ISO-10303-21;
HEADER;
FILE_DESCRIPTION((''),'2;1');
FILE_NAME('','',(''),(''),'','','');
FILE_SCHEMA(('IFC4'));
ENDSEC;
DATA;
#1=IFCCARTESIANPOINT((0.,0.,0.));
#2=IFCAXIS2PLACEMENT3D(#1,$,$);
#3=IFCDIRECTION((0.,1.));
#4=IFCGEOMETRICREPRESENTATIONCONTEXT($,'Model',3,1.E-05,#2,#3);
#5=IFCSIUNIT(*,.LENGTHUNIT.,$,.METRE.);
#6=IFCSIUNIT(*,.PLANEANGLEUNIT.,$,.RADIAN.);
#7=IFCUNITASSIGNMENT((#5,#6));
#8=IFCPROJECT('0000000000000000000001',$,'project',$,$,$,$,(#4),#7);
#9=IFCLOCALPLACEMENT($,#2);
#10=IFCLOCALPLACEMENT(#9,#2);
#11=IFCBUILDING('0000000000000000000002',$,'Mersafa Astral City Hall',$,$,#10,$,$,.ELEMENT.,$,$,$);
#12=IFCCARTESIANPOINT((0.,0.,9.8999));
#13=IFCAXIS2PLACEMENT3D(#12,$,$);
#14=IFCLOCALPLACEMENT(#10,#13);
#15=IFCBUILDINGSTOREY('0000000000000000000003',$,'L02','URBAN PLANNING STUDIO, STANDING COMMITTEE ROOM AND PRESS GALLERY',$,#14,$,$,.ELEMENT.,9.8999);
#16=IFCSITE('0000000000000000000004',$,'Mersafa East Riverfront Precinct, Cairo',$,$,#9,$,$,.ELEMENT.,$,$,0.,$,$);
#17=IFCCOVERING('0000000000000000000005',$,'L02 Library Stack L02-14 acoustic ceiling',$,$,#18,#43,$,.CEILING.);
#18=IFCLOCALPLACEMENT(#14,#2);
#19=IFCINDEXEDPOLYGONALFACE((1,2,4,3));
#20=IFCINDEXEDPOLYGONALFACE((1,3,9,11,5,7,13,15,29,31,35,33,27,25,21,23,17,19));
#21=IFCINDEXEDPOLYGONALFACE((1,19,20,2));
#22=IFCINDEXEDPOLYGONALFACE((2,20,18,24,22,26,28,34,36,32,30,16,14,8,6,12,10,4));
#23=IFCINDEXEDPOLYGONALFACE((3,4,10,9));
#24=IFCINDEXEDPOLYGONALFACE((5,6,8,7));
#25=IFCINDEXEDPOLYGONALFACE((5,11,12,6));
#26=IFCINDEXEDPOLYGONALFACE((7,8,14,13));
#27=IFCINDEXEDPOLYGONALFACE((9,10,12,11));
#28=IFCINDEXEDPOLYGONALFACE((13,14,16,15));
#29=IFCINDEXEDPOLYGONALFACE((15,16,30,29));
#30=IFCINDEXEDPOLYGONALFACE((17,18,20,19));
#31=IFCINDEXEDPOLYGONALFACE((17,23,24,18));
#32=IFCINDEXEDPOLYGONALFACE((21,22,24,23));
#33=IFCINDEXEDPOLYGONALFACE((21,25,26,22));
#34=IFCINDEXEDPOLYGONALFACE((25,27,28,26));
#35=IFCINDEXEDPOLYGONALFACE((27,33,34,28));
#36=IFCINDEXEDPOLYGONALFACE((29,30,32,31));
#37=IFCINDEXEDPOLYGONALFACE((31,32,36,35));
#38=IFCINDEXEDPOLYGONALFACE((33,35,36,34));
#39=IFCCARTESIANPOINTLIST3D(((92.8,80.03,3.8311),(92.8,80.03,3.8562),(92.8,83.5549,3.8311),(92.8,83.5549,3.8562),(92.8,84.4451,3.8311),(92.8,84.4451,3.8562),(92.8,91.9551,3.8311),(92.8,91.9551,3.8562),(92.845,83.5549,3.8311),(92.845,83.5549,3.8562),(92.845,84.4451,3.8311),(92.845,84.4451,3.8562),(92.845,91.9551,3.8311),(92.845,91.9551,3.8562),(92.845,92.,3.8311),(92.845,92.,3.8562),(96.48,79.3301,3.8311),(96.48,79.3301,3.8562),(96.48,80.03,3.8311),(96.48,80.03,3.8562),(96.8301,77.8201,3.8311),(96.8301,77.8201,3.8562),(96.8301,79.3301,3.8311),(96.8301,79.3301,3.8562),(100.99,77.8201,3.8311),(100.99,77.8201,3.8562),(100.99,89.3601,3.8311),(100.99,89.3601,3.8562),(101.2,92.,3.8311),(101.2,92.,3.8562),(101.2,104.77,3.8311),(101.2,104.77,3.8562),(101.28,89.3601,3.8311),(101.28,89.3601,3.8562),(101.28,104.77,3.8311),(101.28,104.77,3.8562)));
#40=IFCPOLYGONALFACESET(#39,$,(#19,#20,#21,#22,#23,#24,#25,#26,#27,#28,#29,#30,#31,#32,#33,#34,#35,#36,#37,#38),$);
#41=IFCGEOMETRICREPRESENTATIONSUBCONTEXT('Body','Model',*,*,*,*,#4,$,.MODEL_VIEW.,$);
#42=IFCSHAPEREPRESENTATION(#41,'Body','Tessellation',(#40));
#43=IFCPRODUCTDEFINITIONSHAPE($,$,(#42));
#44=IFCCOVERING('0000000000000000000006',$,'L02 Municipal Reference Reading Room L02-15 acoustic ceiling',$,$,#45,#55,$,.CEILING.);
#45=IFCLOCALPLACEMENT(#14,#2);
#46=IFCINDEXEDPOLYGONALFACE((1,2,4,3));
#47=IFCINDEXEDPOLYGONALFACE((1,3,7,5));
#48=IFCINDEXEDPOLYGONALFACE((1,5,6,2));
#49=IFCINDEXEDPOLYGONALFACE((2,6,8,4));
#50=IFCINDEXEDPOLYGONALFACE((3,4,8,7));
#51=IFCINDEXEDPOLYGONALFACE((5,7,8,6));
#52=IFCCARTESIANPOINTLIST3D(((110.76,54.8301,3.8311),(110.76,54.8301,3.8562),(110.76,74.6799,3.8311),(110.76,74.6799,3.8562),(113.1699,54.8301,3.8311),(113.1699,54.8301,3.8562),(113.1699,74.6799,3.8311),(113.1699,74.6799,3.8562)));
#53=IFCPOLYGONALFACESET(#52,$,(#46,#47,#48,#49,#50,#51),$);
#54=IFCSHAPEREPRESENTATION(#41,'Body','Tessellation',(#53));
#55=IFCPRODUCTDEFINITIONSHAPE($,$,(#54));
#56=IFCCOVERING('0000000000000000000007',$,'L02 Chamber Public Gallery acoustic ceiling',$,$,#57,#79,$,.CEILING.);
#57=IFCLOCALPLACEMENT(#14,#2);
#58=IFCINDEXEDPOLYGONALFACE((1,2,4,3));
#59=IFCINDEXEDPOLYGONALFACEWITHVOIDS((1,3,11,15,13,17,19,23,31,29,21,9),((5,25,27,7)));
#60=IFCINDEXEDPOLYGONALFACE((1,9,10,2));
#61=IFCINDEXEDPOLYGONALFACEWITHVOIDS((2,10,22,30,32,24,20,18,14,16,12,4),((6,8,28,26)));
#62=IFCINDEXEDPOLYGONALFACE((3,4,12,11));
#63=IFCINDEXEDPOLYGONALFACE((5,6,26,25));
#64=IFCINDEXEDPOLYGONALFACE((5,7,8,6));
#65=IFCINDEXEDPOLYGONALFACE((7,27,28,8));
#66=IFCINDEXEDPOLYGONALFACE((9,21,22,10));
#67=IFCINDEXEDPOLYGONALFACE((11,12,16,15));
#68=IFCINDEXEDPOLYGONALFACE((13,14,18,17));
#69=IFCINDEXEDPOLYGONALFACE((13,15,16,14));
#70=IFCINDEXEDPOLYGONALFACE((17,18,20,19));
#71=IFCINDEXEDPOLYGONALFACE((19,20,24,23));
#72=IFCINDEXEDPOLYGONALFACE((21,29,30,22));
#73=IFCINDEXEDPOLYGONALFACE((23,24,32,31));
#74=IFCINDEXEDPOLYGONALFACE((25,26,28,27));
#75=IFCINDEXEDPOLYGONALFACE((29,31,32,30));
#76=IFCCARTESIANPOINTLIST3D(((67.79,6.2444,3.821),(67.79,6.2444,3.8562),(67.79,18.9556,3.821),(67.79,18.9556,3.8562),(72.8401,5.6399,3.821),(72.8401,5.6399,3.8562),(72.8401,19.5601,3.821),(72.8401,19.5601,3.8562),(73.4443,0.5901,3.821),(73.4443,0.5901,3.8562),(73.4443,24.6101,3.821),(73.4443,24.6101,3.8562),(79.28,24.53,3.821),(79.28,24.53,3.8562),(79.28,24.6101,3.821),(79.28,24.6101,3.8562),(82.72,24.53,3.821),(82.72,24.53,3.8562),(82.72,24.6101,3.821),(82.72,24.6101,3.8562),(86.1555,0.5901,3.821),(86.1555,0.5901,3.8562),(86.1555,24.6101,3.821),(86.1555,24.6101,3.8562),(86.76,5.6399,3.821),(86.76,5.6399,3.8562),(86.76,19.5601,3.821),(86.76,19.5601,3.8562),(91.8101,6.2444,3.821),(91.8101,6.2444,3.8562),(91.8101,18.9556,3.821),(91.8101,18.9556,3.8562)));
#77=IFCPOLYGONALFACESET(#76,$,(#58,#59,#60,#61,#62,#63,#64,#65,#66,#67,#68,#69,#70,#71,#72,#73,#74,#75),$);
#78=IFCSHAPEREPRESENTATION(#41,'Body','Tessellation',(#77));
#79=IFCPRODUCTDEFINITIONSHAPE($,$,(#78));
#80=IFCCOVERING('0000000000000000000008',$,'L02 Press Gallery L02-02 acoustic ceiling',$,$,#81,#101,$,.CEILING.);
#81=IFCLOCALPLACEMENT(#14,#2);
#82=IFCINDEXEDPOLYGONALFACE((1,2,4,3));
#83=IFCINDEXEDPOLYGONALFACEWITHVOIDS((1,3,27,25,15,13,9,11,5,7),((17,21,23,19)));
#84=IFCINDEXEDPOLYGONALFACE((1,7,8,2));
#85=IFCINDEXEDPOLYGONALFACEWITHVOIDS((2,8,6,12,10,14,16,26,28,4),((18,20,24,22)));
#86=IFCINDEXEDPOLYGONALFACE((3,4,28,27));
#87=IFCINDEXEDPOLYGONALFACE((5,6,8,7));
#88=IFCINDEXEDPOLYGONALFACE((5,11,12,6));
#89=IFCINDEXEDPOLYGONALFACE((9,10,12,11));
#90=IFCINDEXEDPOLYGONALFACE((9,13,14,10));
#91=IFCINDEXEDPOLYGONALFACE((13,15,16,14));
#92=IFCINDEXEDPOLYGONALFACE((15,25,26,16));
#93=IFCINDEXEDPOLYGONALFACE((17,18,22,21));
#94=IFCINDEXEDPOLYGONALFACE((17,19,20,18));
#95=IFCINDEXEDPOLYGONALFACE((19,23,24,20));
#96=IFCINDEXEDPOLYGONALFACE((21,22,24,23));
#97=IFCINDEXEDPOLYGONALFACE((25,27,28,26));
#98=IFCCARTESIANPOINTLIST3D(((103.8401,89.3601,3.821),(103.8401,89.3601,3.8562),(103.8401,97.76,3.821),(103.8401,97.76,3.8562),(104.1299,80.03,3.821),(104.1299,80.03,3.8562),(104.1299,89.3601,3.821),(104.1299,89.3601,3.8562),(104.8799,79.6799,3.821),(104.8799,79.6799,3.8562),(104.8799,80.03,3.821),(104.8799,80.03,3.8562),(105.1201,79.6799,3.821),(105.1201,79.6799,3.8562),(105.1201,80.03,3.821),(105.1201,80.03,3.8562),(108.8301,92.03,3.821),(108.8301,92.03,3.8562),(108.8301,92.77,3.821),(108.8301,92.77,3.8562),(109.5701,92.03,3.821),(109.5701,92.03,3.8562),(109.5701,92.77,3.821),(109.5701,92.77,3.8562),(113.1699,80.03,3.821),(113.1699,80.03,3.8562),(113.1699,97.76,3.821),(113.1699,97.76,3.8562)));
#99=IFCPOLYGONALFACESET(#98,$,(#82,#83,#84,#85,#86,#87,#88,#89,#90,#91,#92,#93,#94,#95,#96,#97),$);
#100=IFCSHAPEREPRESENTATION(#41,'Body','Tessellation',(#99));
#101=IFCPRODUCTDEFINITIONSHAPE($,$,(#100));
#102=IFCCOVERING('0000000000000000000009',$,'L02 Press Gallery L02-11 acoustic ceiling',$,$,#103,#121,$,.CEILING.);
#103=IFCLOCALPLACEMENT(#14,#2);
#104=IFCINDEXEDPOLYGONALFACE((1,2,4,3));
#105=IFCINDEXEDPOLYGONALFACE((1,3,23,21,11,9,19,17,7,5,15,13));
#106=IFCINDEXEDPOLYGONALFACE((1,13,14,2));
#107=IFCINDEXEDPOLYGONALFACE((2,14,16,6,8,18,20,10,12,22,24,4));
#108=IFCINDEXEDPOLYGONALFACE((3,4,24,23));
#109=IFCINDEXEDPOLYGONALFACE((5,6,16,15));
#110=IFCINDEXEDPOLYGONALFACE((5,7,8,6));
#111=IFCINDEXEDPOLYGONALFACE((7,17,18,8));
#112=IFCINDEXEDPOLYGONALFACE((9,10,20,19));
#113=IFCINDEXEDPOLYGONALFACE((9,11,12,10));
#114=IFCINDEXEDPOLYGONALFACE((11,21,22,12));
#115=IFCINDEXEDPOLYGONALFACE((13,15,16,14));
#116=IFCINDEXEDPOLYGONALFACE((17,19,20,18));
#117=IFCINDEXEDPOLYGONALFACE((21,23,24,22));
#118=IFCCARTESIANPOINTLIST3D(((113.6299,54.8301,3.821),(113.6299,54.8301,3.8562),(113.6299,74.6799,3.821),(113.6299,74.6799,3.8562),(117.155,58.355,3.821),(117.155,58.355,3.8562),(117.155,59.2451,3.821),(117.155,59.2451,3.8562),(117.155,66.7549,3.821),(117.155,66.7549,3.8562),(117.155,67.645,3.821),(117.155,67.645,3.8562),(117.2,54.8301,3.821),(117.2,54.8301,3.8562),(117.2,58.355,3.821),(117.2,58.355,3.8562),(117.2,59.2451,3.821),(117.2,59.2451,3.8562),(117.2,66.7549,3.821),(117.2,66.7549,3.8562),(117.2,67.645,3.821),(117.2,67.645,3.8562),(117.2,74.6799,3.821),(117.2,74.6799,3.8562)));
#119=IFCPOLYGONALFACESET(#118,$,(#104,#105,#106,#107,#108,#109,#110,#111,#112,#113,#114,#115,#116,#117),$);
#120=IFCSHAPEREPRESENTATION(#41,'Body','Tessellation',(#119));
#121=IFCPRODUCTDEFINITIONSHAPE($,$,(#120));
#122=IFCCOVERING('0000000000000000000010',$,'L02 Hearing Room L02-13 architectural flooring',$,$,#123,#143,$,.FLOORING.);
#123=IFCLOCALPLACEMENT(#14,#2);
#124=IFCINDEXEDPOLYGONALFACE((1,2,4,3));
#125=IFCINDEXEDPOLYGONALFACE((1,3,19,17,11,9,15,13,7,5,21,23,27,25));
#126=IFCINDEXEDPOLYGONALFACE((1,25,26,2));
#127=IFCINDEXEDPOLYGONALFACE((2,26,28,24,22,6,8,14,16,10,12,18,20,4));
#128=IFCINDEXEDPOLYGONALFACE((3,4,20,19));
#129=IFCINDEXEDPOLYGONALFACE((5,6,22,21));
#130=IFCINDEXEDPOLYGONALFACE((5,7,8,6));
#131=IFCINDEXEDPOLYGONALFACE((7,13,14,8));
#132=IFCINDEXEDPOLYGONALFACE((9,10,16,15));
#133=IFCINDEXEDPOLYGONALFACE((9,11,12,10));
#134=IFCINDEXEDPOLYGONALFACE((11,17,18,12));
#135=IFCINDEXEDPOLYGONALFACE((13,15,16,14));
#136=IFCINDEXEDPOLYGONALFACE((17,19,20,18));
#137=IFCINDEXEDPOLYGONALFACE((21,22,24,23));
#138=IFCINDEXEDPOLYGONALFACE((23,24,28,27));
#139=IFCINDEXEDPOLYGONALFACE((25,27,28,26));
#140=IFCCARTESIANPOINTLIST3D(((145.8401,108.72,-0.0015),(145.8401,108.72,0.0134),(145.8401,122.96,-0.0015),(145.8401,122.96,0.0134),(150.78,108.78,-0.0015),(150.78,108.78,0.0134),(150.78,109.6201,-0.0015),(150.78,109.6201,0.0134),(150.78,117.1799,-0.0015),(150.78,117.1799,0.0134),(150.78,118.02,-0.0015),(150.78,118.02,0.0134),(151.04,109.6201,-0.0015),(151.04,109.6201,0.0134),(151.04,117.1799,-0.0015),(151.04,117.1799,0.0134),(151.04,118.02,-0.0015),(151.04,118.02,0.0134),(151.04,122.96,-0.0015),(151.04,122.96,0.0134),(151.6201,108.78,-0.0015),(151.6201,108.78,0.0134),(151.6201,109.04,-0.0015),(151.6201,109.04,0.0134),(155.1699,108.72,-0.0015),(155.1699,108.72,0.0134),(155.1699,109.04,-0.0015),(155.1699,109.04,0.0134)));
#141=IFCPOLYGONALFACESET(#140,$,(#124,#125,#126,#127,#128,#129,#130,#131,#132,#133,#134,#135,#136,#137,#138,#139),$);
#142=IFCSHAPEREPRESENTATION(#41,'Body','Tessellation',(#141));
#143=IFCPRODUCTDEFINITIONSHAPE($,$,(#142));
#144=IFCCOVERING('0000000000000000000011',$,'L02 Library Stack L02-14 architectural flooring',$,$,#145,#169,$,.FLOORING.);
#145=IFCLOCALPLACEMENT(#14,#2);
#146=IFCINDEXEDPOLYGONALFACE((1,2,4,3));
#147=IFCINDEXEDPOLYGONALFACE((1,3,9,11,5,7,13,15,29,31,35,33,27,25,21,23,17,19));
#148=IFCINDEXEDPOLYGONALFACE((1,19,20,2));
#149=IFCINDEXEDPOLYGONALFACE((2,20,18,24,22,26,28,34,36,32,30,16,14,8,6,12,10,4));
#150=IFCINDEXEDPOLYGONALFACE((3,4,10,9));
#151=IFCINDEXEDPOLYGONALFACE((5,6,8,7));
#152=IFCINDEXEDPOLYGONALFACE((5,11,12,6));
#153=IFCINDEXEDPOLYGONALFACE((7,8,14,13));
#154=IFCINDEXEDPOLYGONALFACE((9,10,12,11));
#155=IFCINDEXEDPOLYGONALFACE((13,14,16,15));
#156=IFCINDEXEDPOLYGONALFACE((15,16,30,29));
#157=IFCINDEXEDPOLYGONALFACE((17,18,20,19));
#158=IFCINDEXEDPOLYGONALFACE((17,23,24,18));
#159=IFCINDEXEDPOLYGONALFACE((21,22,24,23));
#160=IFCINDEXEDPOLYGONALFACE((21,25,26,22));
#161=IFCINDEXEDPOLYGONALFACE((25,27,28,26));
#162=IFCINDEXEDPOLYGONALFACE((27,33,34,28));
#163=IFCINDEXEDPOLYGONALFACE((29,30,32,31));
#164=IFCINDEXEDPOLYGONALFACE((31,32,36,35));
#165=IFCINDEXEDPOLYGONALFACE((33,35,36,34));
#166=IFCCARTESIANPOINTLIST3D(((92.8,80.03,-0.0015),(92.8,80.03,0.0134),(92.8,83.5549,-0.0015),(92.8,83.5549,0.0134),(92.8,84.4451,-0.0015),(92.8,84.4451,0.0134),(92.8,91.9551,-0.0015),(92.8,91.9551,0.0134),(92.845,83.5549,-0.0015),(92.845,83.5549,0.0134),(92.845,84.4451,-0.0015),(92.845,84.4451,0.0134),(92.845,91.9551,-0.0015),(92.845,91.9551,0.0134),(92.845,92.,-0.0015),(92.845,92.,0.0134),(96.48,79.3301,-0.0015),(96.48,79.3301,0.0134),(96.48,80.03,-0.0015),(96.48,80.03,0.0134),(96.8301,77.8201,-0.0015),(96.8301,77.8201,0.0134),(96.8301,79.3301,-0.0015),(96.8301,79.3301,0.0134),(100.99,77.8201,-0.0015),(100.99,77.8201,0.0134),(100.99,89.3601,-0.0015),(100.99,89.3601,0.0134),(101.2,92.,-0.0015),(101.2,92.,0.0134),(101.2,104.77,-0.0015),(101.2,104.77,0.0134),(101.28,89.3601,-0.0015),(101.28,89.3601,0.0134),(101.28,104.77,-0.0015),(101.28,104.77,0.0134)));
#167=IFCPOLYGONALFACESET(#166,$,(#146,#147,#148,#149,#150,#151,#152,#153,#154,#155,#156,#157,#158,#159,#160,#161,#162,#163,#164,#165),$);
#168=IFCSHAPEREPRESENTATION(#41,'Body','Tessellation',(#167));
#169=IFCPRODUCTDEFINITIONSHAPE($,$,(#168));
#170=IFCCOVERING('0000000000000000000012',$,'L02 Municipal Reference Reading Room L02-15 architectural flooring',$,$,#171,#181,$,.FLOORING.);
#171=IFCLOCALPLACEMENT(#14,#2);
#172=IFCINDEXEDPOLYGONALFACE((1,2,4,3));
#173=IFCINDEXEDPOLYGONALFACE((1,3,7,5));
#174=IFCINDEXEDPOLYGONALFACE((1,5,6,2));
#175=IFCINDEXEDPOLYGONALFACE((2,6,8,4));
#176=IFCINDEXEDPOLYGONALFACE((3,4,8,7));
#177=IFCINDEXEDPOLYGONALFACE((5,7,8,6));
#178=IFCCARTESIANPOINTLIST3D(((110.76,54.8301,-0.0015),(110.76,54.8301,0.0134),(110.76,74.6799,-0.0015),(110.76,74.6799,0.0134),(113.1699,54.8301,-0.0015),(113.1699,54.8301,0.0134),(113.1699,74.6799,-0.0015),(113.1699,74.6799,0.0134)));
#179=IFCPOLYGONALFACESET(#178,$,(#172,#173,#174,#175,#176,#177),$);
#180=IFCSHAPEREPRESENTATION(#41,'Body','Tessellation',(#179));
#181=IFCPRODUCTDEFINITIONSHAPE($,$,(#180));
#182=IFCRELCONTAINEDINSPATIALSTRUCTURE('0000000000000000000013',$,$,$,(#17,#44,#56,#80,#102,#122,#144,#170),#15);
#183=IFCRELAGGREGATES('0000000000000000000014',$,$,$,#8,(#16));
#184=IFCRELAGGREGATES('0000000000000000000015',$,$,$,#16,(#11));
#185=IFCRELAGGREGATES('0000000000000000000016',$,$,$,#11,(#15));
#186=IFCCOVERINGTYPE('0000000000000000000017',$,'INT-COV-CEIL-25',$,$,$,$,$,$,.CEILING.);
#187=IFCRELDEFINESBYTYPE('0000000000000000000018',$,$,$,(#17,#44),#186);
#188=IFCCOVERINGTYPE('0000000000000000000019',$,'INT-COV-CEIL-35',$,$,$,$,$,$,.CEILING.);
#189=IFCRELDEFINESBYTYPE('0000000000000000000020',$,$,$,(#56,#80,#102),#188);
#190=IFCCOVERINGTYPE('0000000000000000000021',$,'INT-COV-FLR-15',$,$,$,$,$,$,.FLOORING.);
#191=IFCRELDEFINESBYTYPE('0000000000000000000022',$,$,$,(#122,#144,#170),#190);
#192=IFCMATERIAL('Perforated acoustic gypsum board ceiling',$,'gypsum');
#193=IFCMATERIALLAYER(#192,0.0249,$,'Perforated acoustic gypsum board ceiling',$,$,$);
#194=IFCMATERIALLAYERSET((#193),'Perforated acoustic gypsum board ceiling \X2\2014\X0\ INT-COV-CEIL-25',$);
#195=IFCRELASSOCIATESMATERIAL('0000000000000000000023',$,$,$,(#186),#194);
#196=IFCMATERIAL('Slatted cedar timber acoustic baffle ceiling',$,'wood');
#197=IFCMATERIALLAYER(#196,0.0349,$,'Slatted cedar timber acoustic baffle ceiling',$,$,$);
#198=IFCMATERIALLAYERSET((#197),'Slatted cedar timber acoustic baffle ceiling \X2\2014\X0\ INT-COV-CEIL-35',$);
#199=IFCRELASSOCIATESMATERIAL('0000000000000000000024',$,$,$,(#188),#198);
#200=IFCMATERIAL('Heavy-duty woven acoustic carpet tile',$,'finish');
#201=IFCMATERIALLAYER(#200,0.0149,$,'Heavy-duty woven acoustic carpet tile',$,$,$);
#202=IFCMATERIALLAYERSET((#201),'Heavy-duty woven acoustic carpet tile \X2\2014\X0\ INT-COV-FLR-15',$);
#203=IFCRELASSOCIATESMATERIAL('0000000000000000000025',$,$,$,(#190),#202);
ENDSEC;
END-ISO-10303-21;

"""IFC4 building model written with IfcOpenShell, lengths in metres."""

from ifc_helpers import new_model, si_unit, direction, frame, origin, place, context, subcontext, project, spatial, polyline, outline, extrude, material, layer, layer_set, type_object, element, save


model = new_model("IFC4")

# Units and contexts
model_context = context("Model", 3, precision=1e-05, world=origin(), true_north=direction((0.0, 1.0)))
body_context = subcontext(model_context, "Body", "Model", "MODEL_VIEW")
ifc_project = project(units=[si_unit("LENGTHUNIT", "METRE"), si_unit("PLANEANGLEUNIT", "RADIAN")], contexts=[model_context])

# Site, building, storey
site_placement = place(None, origin())
site = spatial("IfcSite", under=ifc_project, at=site_placement, Name="Mersafa East Riverfront Precinct, Cairo", CompositionType="ELEMENT", RefElevation=0.0)
building_placement = place(site_placement, origin())
building = spatial("IfcBuilding", under=site, at=building_placement, Name="Mersafa Astral City Hall", CompositionType="ELEMENT")
storey_placement = place(building_placement, frame((0.0, 0.0, 9.8999)))
storey = spatial("IfcBuildingStorey", under=building, at=storey_placement, Name="L02", Description="URBAN PLANNING STUDIO, STANDING COMMITTEE ROOM AND PRESS GALLERY", CompositionType="ELEMENT", Elevation=9.8999)

# Coverings
ifc_material_1 = material(Name="Perforated acoustic gypsum board ceiling", Category="gypsum")
ifc_layer_1 = layer(ifc_material_1, 0.0249, Name="Perforated acoustic gypsum board ceiling")
ifc_layer_set_1 = layer_set([ifc_layer_1], Name="Perforated acoustic gypsum board ceiling — INT-COV-CEIL-25")
covering_type_1 = type_object("IfcCoveringType", Name="INT-COV-CEIL-25", PredefinedType="CEILING", material=ifc_layer_set_1)
covering_1_placement = place(storey_placement, frame((0.0, 0.0, 3.8311)))
element("IfcCovering", 1, at=covering_1_placement, inside=storey, type_object=covering_type_1, Name="L02 Library Stack L02-14 acoustic ceiling", PredefinedType="CEILING", context=body_context, shape_type="SweptSolid", body=[
    extrude(outline(polyline([(92.845, 91.9551), (92.845, 92.0), (101.2, 92.0), (101.2, 104.77), (101.28, 104.77), (101.28, 89.3601), (100.99, 89.3601), (100.99, 77.8201), (96.8301, 77.8201), (96.8301, 79.3301), (96.48, 79.3301), (96.48, 80.03), (92.8, 80.03), (92.8, 83.5549), (92.845, 83.5549), (92.845, 84.4451), (92.8, 84.4451), (92.8, 91.9551), (92.845, 91.9551)])), origin(), (0.0, 0.0, 1.0), 0.0251),
])
covering_2_placement = place(storey_placement, frame((0.0, 0.0, 3.8311)))
element("IfcCovering", 2, at=covering_2_placement, inside=storey, type_object=covering_type_1, Name="L02 Municipal Reference Reading Room L02-15 acoustic ceiling", PredefinedType="CEILING", context=body_context, shape_type="SweptSolid", body=[
    extrude(outline(polyline([(113.1699, 74.6799), (113.1699, 54.8301), (110.76, 54.8301), (110.76, 74.6799), (113.1699, 74.6799)])), origin(), (0.0, 0.0, 1.0), 0.0251),
])
ifc_material_2 = material(Name="Slatted cedar timber acoustic baffle ceiling", Category="wood")
ifc_layer_2 = layer(ifc_material_2, 0.0349, Name="Slatted cedar timber acoustic baffle ceiling")
ifc_layer_set_2 = layer_set([ifc_layer_2], Name="Slatted cedar timber acoustic baffle ceiling — INT-COV-CEIL-35")
covering_type_2 = type_object("IfcCoveringType", Name="INT-COV-CEIL-35", PredefinedType="CEILING", material=ifc_layer_set_2)
covering_3_placement = place(storey_placement, frame((0.0, 0.0, 3.821)))
element("IfcCovering", 3, at=covering_3_placement, inside=storey, type_object=covering_type_2, Name="L02 Chamber Public Gallery acoustic ceiling", PredefinedType="CEILING", context=body_context, shape_type="SweptSolid", body=[
    extrude(outline(polyline([(73.4443, 24.6101), (79.28, 24.6101), (79.28, 24.53), (82.72, 24.53), (82.72, 24.6101), (86.1555, 24.6101), (91.8101, 18.9556), (91.8101, 6.2444), (86.1555, 0.5901), (73.4443, 0.5901), (67.79, 6.2444), (67.79, 18.9556), (73.4443, 24.6101)]), holes=[polyline([(72.8401, 19.5601), (72.8401, 5.6399), (86.76, 5.6399), (86.76, 19.5601), (72.8401, 19.5601)])]), origin(), (0.0, 0.0, 1.0), 0.0352),
])
covering_4_placement = place(storey_placement, frame((0.0, 0.0, 3.821)))
element("IfcCovering", 4, at=covering_4_placement, inside=storey, type_object=covering_type_2, Name="L02 Press Gallery L02-02 acoustic ceiling", PredefinedType="CEILING", context=body_context, shape_type="SweptSolid", body=[
    extrude(outline(polyline([(113.1699, 80.03), (105.1201, 80.03), (105.1201, 79.6799), (104.8799, 79.6799), (104.8799, 80.03), (104.1299, 80.03), (104.1299, 89.3601), (103.8401, 89.3601), (103.8401, 97.76), (113.1699, 97.76), (113.1699, 80.03)]), holes=[polyline([(109.5701, 92.03), (109.5701, 92.77), (108.8301, 92.77), (108.8301, 92.03), (109.5701, 92.03)])]), origin(), (0.0, 0.0, 1.0), 0.0352),
])
covering_5_placement = place(storey_placement, frame((0.0, 0.0, 3.821)))
element("IfcCovering", 5, at=covering_5_placement, inside=storey, type_object=covering_type_2, Name="L02 Press Gallery L02-11 acoustic ceiling", PredefinedType="CEILING", context=body_context, shape_type="SweptSolid", body=[
    extrude(outline(polyline([(117.2, 54.8301), (113.6299, 54.8301), (113.6299, 74.6799), (117.2, 74.6799), (117.2, 67.645), (117.155, 67.645), (117.155, 66.7549), (117.2, 66.7549), (117.2, 59.2451), (117.155, 59.2451), (117.155, 58.355), (117.2, 58.355), (117.2, 54.8301)])), origin(), (0.0, 0.0, 1.0), 0.0352),
])
ifc_material_3 = material(Name="Heavy-duty woven acoustic carpet tile", Category="finish")
ifc_layer_3 = layer(ifc_material_3, 0.0149, Name="Heavy-duty woven acoustic carpet tile")
ifc_layer_set_3 = layer_set([ifc_layer_3], Name="Heavy-duty woven acoustic carpet tile — INT-COV-FLR-15")
covering_type_3 = type_object("IfcCoveringType", Name="INT-COV-FLR-15", PredefinedType="FLOORING", material=ifc_layer_set_3)
covering_6_placement = place(storey_placement, frame((0.0, 0.0, -0.0015)))
element("IfcCovering", 6, at=covering_6_placement, inside=storey, type_object=covering_type_3, Name="L02 Hearing Room L02-13 architectural flooring", PredefinedType="FLOORING", context=body_context, shape_type="SweptSolid", body=[
    extrude(outline(polyline([(151.04, 118.02), (150.78, 118.02), (150.78, 117.1799), (151.04, 117.1799), (151.04, 109.6201), (150.78, 109.6201), (150.78, 108.78), (151.6201, 108.78), (151.6201, 109.04), (155.1699, 109.04), (155.1699, 108.72), (145.8401, 108.72), (145.8401, 122.96), (151.04, 122.96), (151.04, 118.02)])), origin(), (0.0, 0.0, 1.0), 0.0149),
])
covering_7_placement = place(storey_placement, frame((0.0, 0.0, -0.0015)))
element("IfcCovering", 7, at=covering_7_placement, inside=storey, type_object=covering_type_3, Name="L02 Library Stack L02-14 architectural flooring", PredefinedType="FLOORING", context=body_context, shape_type="SweptSolid", body=[
    extrude(outline(polyline([(92.845, 91.9551), (92.845, 92.0), (101.2, 92.0), (101.2, 104.77), (101.28, 104.77), (101.28, 89.3601), (100.99, 89.3601), (100.99, 77.8201), (96.8301, 77.8201), (96.8301, 79.3301), (96.48, 79.3301), (96.48, 80.03), (92.8, 80.03), (92.8, 83.5549), (92.845, 83.5549), (92.845, 84.4451), (92.8, 84.4451), (92.8, 91.9551), (92.845, 91.9551)])), origin(), (0.0, 0.0, 1.0), 0.0149),
])
covering_8_placement = place(storey_placement, frame((0.0, 0.0, -0.0015)))
element("IfcCovering", 8, at=covering_8_placement, inside=storey, type_object=covering_type_3, Name="L02 Municipal Reference Reading Room L02-15 architectural flooring", PredefinedType="FLOORING", context=body_context, shape_type="SweptSolid", body=[
    extrude(outline(polyline([(113.1699, 74.6799), (113.1699, 54.8301), (110.76, 54.8301), (110.76, 74.6799), (113.1699, 74.6799)])), origin(), (0.0, 0.0, 1.0), 0.0149),
])

save(model, "model.ifc")
